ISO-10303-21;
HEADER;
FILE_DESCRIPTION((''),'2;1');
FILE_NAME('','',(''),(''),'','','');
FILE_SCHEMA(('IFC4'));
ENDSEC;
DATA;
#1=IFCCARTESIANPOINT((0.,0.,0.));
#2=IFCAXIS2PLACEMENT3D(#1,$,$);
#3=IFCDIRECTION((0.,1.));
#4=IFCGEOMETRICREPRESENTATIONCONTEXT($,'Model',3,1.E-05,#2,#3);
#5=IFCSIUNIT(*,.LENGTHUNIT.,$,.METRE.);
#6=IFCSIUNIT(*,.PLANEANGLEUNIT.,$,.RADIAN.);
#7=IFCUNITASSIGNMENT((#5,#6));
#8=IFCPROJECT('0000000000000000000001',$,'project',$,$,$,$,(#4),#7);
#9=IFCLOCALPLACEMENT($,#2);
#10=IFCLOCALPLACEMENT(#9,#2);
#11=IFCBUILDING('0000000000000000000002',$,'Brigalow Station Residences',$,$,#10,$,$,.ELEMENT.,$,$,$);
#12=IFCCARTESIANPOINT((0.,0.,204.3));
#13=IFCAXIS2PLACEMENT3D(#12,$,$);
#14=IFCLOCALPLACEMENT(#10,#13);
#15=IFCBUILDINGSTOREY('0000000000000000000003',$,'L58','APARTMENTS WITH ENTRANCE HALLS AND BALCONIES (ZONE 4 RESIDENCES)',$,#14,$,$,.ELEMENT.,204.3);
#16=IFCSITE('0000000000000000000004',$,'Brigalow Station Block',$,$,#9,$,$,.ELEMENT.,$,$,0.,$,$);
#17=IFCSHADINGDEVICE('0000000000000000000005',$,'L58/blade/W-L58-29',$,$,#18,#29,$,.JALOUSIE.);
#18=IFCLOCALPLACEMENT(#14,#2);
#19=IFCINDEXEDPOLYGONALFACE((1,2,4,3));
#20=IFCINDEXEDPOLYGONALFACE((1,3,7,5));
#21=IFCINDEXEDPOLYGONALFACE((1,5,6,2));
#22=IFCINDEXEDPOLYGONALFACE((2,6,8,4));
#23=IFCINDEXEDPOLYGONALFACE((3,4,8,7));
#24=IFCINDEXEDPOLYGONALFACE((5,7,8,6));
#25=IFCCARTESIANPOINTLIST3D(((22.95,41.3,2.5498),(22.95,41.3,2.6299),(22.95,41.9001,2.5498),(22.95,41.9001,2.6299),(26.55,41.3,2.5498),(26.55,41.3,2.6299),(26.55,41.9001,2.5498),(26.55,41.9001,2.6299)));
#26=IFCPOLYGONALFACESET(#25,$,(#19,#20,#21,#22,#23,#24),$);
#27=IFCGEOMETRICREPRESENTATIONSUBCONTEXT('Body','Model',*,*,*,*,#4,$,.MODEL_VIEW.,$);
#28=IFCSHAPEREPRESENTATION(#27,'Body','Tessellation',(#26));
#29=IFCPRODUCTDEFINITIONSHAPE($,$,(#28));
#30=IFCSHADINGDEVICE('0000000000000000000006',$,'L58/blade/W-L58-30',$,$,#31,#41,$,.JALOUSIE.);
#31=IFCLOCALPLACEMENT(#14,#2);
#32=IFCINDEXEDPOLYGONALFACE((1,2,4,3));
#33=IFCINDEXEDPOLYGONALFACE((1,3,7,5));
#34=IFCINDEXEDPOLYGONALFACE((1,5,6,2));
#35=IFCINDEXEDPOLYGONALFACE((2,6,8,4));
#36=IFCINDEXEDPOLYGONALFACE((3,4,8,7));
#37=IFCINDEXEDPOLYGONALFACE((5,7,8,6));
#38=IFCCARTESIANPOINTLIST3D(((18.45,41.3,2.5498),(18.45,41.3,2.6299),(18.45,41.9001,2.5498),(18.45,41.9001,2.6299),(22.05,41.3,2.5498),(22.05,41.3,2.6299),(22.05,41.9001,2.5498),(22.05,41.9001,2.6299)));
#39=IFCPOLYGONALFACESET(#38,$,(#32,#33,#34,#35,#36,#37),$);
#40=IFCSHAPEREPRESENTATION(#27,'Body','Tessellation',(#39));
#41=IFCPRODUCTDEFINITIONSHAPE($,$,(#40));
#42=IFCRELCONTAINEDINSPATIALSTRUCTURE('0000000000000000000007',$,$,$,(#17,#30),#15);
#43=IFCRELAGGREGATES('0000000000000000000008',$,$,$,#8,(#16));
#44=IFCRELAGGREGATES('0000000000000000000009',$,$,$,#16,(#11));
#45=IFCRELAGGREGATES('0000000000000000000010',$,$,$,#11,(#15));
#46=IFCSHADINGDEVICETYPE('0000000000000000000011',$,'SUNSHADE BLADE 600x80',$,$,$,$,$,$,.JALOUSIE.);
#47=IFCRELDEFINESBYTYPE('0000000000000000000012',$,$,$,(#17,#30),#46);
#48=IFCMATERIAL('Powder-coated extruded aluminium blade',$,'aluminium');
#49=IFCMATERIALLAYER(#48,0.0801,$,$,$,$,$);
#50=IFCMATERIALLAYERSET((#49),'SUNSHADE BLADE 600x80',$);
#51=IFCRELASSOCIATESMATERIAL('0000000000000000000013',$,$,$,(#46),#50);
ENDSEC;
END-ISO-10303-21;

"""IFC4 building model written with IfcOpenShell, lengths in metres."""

from ifc_helpers import new_model, si_unit, direction, frame, origin, origin_2d, place, context, subcontext, project, spatial, rectangle, extrude, material, layer, layer_set, type_object, element, save


model = new_model("IFC4")

# Units and contexts
model_context = context("Model", 3, precision=1e-05, world=origin(), true_north=direction((0.0, 1.0)))
body_context = subcontext(model_context, "Body", "Model", "MODEL_VIEW")
ifc_project = project(units=[si_unit("LENGTHUNIT", "METRE"), si_unit("PLANEANGLEUNIT", "RADIAN")], contexts=[model_context])

# Site, building, storey
site_placement = place(None, origin())
site = spatial("IfcSite", under=ifc_project, at=site_placement, Name="Brigalow Station Block", CompositionType="ELEMENT", RefElevation=0.0)
building_placement = place(site_placement, origin())
building = spatial("IfcBuilding", under=site, at=building_placement, Name="Brigalow Station Residences", CompositionType="ELEMENT")
storey_placement = place(building_placement, frame((0.0, 0.0, 204.3)))
storey = spatial("IfcBuildingStorey", under=building, at=storey_placement, Name="L58", Description="APARTMENTS WITH ENTRANCE HALLS AND BALCONIES (ZONE 4 RESIDENCES)", CompositionType="ELEMENT", Elevation=204.3)

# Shading devices
ifc_material_1 = material(Name="Powder-coated extruded aluminium blade", Category="aluminium")
ifc_layer_1 = layer(ifc_material_1, 0.0801)
ifc_layer_set_1 = layer_set([ifc_layer_1], Name="SUNSHADE BLADE 600x80")
shading_device_type = type_object("IfcShadingDeviceType", Name="SUNSHADE BLADE 600x80", PredefinedType="JALOUSIE", material=ifc_layer_set_1)
for number, where, z_axis, x_axis, name in (
    (1, (24.75, 41.6001, 2.5498), (0.0, 0.0, 1.0), (-1.0, 0.0, 0.0), "L58/blade/W-L58-29"),
    (2, (20.25, 41.6001, 2.5498), (0.0, 0.0, 1.0), (-1.0, 0.0, 0.0), "L58/blade/W-L58-30"),
):
    element("IfcShadingDevice", number, at=place(storey_placement, frame(where, z_axis=z_axis, x_axis=x_axis)), inside=storey, type_object=shading_device_type, Name=name, PredefinedType="JALOUSIE", context=body_context, shape_type="SweptSolid", body=[
        extrude(rectangle(XDim=3.6001, YDim=0.6001, at=origin_2d()), origin(), (0.0, 0.0, 1.0), 0.0801),
    ])

save(model, "model.ifc")
